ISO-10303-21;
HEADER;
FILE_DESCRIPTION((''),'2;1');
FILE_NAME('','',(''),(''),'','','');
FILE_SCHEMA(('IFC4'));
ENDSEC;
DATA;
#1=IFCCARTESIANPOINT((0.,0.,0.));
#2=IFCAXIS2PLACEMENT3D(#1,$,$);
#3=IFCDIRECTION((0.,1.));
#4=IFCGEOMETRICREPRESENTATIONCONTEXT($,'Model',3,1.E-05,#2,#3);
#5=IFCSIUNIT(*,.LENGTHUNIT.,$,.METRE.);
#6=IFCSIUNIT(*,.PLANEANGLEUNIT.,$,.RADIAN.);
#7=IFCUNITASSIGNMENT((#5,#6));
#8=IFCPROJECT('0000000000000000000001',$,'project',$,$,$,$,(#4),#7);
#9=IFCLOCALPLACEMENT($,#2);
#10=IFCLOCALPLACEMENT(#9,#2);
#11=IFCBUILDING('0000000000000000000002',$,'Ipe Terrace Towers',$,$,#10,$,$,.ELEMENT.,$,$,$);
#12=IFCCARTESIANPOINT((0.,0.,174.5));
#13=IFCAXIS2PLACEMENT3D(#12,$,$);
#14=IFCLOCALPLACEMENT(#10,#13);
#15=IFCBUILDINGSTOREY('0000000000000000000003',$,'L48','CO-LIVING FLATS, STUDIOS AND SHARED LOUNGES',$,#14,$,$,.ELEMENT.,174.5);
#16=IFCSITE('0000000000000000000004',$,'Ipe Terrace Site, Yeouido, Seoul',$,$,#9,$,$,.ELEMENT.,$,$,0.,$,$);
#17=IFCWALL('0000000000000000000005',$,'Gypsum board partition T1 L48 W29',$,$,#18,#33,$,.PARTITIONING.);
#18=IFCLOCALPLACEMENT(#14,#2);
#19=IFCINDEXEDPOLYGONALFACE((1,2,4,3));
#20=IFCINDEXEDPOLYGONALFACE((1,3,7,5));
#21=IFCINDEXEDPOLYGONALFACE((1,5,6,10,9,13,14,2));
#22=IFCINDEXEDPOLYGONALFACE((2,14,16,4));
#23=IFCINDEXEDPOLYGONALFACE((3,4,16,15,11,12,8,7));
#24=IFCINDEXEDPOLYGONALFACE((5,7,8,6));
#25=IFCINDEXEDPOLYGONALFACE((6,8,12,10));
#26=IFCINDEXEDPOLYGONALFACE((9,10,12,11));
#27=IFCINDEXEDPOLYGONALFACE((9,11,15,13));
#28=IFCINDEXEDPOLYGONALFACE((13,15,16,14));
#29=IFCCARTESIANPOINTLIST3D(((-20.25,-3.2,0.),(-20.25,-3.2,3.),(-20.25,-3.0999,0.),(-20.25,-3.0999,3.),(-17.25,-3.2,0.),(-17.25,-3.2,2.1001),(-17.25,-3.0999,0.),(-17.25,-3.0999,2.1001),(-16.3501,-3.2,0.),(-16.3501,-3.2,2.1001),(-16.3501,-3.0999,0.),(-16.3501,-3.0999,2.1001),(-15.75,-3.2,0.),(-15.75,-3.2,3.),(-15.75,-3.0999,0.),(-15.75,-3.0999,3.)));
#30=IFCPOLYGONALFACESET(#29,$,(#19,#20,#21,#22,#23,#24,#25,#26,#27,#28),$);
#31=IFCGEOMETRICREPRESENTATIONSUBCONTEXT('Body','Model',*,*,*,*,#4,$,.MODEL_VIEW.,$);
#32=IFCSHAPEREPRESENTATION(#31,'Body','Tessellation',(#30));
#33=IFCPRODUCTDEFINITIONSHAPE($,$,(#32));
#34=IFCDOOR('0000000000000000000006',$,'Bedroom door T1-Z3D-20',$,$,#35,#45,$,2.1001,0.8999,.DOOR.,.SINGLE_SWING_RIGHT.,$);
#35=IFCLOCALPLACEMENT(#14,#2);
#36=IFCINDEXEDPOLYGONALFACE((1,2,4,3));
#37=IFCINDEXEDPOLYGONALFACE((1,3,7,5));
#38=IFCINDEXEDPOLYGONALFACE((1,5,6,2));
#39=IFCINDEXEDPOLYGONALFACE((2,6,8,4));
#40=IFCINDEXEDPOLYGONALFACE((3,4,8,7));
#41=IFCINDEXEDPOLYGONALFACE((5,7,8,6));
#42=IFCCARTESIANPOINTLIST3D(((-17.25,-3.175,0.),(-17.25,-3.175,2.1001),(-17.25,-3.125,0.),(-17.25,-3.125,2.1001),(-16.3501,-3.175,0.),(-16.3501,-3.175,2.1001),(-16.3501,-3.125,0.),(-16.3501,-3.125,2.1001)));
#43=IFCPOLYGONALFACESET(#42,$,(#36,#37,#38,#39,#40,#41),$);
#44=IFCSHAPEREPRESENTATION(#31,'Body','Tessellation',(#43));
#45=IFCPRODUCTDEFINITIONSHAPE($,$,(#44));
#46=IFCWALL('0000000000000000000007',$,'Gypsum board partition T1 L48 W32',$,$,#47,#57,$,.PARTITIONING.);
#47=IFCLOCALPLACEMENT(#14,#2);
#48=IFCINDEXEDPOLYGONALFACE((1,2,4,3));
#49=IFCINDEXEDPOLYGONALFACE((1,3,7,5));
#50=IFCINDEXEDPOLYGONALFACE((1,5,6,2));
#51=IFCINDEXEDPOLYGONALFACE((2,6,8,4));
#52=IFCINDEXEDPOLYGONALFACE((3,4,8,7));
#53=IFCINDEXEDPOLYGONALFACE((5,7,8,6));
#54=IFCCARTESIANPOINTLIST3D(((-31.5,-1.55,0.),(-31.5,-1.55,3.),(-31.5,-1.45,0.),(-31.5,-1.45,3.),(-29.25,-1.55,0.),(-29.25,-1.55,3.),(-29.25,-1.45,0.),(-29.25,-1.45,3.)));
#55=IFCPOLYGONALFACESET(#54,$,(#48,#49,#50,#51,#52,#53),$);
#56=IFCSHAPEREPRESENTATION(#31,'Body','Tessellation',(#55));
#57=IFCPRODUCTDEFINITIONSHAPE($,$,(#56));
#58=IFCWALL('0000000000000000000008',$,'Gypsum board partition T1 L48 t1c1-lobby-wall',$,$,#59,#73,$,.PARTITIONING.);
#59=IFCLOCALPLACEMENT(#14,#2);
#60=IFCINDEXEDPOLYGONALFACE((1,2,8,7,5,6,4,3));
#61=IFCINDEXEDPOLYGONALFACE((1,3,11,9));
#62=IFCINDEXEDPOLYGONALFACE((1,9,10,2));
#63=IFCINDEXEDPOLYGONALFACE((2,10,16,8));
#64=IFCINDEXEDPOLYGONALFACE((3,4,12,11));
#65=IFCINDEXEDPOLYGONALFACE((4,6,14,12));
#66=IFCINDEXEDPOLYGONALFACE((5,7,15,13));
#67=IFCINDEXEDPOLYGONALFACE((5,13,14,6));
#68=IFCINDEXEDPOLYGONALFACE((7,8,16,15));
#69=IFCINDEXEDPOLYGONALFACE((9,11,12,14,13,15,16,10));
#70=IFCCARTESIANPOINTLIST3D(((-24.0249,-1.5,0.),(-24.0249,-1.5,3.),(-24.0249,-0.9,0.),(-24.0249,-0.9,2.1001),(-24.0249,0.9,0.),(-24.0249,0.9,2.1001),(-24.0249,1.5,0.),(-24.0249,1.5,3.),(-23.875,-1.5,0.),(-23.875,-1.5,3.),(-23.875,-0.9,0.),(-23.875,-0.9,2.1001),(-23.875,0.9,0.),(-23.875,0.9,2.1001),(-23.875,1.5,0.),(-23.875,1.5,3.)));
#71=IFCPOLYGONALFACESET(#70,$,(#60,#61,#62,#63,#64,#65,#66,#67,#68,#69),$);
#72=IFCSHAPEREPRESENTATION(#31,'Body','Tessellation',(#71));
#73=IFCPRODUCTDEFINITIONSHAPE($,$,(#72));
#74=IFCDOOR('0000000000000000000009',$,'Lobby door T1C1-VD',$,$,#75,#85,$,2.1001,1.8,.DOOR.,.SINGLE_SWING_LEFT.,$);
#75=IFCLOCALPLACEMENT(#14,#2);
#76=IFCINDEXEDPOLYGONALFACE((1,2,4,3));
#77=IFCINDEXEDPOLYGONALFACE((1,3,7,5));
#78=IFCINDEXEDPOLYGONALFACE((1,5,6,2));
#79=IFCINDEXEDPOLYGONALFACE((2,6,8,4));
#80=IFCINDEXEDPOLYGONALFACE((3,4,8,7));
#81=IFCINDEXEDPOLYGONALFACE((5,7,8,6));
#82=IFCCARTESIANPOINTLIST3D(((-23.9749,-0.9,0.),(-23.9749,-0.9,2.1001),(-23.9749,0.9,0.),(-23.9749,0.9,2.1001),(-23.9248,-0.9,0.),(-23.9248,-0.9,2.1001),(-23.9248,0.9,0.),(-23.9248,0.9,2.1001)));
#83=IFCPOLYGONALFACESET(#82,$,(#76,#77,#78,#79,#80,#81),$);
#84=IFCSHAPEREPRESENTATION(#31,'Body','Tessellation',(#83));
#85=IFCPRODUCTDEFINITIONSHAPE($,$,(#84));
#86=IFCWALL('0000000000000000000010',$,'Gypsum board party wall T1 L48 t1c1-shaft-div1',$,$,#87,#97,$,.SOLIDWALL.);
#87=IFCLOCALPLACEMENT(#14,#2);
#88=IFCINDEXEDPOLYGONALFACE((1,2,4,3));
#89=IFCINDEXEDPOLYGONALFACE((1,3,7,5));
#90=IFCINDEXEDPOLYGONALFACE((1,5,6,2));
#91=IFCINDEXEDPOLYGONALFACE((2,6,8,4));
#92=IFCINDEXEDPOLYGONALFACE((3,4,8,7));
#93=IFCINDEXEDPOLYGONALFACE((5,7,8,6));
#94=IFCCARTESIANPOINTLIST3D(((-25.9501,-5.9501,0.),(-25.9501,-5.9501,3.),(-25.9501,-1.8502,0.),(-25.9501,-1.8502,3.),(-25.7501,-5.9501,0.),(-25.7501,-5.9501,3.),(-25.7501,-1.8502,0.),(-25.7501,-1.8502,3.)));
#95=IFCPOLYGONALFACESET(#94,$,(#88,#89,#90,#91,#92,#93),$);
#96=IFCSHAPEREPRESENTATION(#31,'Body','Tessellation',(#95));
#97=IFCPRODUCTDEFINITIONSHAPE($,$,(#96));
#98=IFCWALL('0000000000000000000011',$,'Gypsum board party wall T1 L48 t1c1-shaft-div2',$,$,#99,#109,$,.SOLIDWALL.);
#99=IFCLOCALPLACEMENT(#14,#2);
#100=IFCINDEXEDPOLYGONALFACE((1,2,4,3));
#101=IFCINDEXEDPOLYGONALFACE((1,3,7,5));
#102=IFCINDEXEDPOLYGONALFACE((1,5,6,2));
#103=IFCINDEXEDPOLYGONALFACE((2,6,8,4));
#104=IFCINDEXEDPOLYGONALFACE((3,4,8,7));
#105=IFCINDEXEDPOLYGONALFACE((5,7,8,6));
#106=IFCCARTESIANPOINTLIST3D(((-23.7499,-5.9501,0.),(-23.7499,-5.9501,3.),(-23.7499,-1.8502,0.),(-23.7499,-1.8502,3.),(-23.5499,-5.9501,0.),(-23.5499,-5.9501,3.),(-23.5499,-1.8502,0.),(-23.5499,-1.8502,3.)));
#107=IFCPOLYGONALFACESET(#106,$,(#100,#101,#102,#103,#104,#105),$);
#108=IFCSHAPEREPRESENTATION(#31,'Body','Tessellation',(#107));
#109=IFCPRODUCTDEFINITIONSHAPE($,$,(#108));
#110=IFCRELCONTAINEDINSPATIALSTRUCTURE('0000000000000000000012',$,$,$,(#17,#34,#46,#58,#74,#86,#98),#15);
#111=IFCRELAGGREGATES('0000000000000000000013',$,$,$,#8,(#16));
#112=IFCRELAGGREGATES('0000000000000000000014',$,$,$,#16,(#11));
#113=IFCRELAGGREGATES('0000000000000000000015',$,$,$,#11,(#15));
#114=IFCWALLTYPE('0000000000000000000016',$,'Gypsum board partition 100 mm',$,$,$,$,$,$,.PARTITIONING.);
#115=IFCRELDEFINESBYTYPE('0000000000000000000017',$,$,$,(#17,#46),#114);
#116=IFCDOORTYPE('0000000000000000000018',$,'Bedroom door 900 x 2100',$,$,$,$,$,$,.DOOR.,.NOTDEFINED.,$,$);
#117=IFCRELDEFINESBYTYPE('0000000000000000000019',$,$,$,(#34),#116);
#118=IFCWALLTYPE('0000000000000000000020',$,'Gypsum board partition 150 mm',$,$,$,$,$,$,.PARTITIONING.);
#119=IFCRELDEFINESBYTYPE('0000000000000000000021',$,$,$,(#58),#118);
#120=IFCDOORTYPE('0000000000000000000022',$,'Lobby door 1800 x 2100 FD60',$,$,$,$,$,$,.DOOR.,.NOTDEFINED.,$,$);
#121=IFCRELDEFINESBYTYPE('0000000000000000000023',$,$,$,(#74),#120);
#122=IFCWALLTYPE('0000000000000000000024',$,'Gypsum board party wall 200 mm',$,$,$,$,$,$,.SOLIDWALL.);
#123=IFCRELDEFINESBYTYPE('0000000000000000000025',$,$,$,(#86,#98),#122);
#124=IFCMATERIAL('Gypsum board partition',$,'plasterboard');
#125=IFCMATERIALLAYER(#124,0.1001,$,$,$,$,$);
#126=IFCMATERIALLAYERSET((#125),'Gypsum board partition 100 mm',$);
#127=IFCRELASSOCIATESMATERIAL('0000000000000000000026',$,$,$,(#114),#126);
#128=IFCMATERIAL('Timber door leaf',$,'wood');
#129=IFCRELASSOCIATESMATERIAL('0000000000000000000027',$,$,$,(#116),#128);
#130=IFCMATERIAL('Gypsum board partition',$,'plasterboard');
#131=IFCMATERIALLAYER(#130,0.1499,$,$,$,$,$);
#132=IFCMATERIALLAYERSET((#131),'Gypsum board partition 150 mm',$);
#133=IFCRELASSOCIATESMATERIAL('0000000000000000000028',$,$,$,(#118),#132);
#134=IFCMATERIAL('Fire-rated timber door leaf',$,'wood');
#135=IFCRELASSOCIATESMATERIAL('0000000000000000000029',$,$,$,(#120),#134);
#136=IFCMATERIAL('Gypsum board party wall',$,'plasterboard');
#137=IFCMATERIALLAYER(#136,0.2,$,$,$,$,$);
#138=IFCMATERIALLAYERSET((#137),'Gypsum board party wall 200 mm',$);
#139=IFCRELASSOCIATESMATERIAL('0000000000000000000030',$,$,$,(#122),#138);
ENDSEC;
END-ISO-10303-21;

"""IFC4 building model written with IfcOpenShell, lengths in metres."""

from ifc_helpers import new_model, si_unit, direction, frame, frame_2d, origin, place, context, subcontext, project, spatial, rectangle, extrude, material, layer, layer_set, type_object, element, fill, save


model = new_model("IFC4")

# Units and contexts
model_context = context("Model", 3, precision=1e-05, world=origin(), true_north=direction((0.0, 1.0)))
body_context = subcontext(model_context, "Body", "Model", "MODEL_VIEW")
ifc_project = project(units=[si_unit("LENGTHUNIT", "METRE"), si_unit("PLANEANGLEUNIT", "RADIAN")], contexts=[model_context])

# Site, building, storey
site_placement = place(None, origin())
site = spatial("IfcSite", under=ifc_project, at=site_placement, Name="Ipe Terrace Site, Yeouido, Seoul", CompositionType="ELEMENT", RefElevation=0.0)
building_placement = place(site_placement, origin())
building = spatial("IfcBuilding", under=site, at=building_placement, Name="Ipe Terrace Towers", CompositionType="ELEMENT")
storey_placement = place(building_placement, frame((0.0, 0.0, 174.5)))
storey = spatial("IfcBuildingStorey", under=building, at=storey_placement, Name="L48", Description="CO-LIVING FLATS, STUDIOS AND SHARED LOUNGES", CompositionType="ELEMENT", Elevation=174.5)

# Wall, opening, door
ifc_material_1 = material(Name="Gypsum board partition", Category="plasterboard")
ifc_layer_1 = layer(ifc_material_1, 0.1001)
ifc_layer_set_1 = layer_set([ifc_layer_1], Name="Gypsum board partition 100 mm")
wall_type_1 = type_object("IfcWallType", Name="Gypsum board partition 100 mm", PredefinedType="PARTITIONING", material=ifc_layer_set_1)
wall_1_placement = place(storey_placement, frame((-20.25, -3.1499, 0.0), z_axis=(0.0, 0.0, 1.0), x_axis=(1.0, 0.0, 0.0)))
wall_1 = element("IfcWall", 1, at=wall_1_placement, inside=storey, type_object=wall_type_1, Name="Gypsum board partition T1 L48 W29", PredefinedType="PARTITIONING", context=body_context, shape_type="SweptSolid", body=[
    extrude(rectangle(XDim=4.5, YDim=0.1001, at=frame_2d((2.25, 0.0))), origin(), (0.0, 0.0, 1.0), 3.0),
])
opening_1_placement = place(wall_1_placement, frame((3.0, 0.0, 0.0)))
opening_1 = element("IfcOpeningElement", 2, at=opening_1_placement, cuts=wall_1, PredefinedType="OPENING", context=body_context, shape_type="SweptSolid", body=[
    extrude(rectangle(XDim=0.8999, YDim=2.1001, at=frame_2d((0.45, 1.05))), frame((0.0, 0.0601, 0.0), z_axis=(0.0, -1.0, 0.0), x_axis=(1.0, 0.0, 0.0)), (0.0, 0.0, 1.0), 0.1201),
])
ifc_material_2 = material(Name="Timber door leaf", Category="wood")
door_type_1 = type_object("IfcDoorType", Name="Bedroom door 900 x 2100", OperationType="NOTDEFINED", PredefinedType="DOOR", material=ifc_material_2)
door_1_placement = place(opening_1_placement, origin())
door_1 = element("IfcDoor", 3, at=door_1_placement, inside=storey, type_object=door_type_1, Name="Bedroom door T1-Z3D-20", OperationType="SINGLE_SWING_RIGHT", OverallHeight=2.1001, OverallWidth=0.8999, PredefinedType="DOOR", context=body_context, shape_type="SweptSolid", body=[
    extrude(rectangle(XDim=0.8999, YDim=2.1001, at=frame_2d((0.45, 1.05))), frame((0.0, 0.0249, 0.0), z_axis=(0.0, -1.0, 0.0), x_axis=(1.0, 0.0, 0.0)), (0.0, 0.0, 1.0), 0.05),
])
fill(opening_1, door_1)

# Wall
wall_2_placement = place(storey_placement, frame((-31.5, -1.5, 0.0), z_axis=(0.0, 0.0, 1.0), x_axis=(1.0, 0.0, 0.0)))
element("IfcWall", 4, at=wall_2_placement, inside=storey, type_object=wall_type_1, Name="Gypsum board partition T1 L48 W32", PredefinedType="PARTITIONING", context=body_context, shape_type="SweptSolid", body=[
    extrude(rectangle(XDim=2.25, YDim=0.1001, at=frame_2d((1.125, 0.0))), origin(), (0.0, 0.0, 1.0), 3.0),
])

# Wall, opening, door
ifc_material_3 = material(Name="Gypsum board partition", Category="plasterboard")
ifc_layer_2 = layer(ifc_material_3, 0.1499)
ifc_layer_set_2 = layer_set([ifc_layer_2], Name="Gypsum board partition 150 mm")
wall_type_2 = type_object("IfcWallType", Name="Gypsum board partition 150 mm", PredefinedType="PARTITIONING", material=ifc_layer_set_2)
wall_3_placement = place(storey_placement, frame((-23.95, -1.5, 0.0), z_axis=(0.0, 0.0, 1.0), x_axis=(0.0, 1.0, 0.0)))
wall_3 = element("IfcWall", 5, at=wall_3_placement, inside=storey, type_object=wall_type_2, Name="Gypsum board partition T1 L48 t1c1-lobby-wall", PredefinedType="PARTITIONING", context=body_context, shape_type="SweptSolid", body=[
    extrude(rectangle(XDim=3.0, YDim=0.1499, at=frame_2d((1.5, 0.0))), origin(), (0.0, 0.0, 1.0), 3.0),
])
opening_2_placement = place(wall_3_placement, frame((0.6001, 0.0, 0.0)))
opening_2 = element("IfcOpeningElement", 6, at=opening_2_placement, cuts=wall_3, PredefinedType="OPENING", context=body_context, shape_type="SweptSolid", body=[
    extrude(rectangle(XDim=1.8, YDim=2.1001, at=frame_2d((0.8999, 1.05))), frame((0.0, 0.085, 0.0), z_axis=(0.0, -1.0, 0.0), x_axis=(1.0, 0.0, 0.0)), (0.0, 0.0, 1.0), 0.1699),
])
ifc_material_4 = material(Name="Fire-rated timber door leaf", Category="wood")
door_type_2 = type_object("IfcDoorType", Name="Lobby door 1800 x 2100 FD60", OperationType="NOTDEFINED", PredefinedType="DOOR", material=ifc_material_4)
door_2_placement = place(opening_2_placement, origin())
door_2 = element("IfcDoor", 7, at=door_2_placement, inside=storey, type_object=door_type_2, Name="Lobby door T1C1-VD", OperationType="SINGLE_SWING_LEFT", OverallHeight=2.1001, OverallWidth=1.8, PredefinedType="DOOR", context=body_context, shape_type="SweptSolid", body=[
    extrude(rectangle(XDim=1.8, YDim=2.1001, at=frame_2d((0.8999, 1.05))), frame((0.0, 0.0249, 0.0), z_axis=(0.0, -1.0, 0.0), x_axis=(1.0, 0.0, 0.0)), (0.0, 0.0, 1.0), 0.05),
])
fill(opening_2, door_2)

# Walls
ifc_material_5 = material(Name="Gypsum board party wall", Category="plasterboard")
ifc_layer_3 = layer(ifc_material_5, 0.2)
ifc_layer_set_3 = layer_set([ifc_layer_3], Name="Gypsum board party wall 200 mm")
wall_type_3 = type_object("IfcWallType", Name="Gypsum board party wall 200 mm", PredefinedType="SOLIDWALL", material=ifc_layer_set_3)
for number, where, z_axis, x_axis, name in (
    (8, (-25.8501, -5.95, 0.0), (0.0, 0.0, 1.0), (0.0, 1.0, 0.0), "Gypsum board party wall T1 L48 t1c1-shaft-div1"),
    (9, (-23.6499, -5.95, 0.0), (0.0, 0.0, 1.0), (0.0, 1.0, 0.0), "Gypsum board party wall T1 L48 t1c1-shaft-div2"),
):
    element("IfcWall", number, at=place(storey_placement, frame(where, z_axis=z_axis, x_axis=x_axis)), inside=storey, type_object=wall_type_3, Name=name, PredefinedType="SOLIDWALL", context=body_context, shape_type="SweptSolid", body=[
        extrude(rectangle(XDim=4.0999, YDim=0.2, at=frame_2d((2.0498, 0.0))), origin(), (0.0, 0.0, 1.0), 3.0),
    ])

save(model, "model.ifc")
